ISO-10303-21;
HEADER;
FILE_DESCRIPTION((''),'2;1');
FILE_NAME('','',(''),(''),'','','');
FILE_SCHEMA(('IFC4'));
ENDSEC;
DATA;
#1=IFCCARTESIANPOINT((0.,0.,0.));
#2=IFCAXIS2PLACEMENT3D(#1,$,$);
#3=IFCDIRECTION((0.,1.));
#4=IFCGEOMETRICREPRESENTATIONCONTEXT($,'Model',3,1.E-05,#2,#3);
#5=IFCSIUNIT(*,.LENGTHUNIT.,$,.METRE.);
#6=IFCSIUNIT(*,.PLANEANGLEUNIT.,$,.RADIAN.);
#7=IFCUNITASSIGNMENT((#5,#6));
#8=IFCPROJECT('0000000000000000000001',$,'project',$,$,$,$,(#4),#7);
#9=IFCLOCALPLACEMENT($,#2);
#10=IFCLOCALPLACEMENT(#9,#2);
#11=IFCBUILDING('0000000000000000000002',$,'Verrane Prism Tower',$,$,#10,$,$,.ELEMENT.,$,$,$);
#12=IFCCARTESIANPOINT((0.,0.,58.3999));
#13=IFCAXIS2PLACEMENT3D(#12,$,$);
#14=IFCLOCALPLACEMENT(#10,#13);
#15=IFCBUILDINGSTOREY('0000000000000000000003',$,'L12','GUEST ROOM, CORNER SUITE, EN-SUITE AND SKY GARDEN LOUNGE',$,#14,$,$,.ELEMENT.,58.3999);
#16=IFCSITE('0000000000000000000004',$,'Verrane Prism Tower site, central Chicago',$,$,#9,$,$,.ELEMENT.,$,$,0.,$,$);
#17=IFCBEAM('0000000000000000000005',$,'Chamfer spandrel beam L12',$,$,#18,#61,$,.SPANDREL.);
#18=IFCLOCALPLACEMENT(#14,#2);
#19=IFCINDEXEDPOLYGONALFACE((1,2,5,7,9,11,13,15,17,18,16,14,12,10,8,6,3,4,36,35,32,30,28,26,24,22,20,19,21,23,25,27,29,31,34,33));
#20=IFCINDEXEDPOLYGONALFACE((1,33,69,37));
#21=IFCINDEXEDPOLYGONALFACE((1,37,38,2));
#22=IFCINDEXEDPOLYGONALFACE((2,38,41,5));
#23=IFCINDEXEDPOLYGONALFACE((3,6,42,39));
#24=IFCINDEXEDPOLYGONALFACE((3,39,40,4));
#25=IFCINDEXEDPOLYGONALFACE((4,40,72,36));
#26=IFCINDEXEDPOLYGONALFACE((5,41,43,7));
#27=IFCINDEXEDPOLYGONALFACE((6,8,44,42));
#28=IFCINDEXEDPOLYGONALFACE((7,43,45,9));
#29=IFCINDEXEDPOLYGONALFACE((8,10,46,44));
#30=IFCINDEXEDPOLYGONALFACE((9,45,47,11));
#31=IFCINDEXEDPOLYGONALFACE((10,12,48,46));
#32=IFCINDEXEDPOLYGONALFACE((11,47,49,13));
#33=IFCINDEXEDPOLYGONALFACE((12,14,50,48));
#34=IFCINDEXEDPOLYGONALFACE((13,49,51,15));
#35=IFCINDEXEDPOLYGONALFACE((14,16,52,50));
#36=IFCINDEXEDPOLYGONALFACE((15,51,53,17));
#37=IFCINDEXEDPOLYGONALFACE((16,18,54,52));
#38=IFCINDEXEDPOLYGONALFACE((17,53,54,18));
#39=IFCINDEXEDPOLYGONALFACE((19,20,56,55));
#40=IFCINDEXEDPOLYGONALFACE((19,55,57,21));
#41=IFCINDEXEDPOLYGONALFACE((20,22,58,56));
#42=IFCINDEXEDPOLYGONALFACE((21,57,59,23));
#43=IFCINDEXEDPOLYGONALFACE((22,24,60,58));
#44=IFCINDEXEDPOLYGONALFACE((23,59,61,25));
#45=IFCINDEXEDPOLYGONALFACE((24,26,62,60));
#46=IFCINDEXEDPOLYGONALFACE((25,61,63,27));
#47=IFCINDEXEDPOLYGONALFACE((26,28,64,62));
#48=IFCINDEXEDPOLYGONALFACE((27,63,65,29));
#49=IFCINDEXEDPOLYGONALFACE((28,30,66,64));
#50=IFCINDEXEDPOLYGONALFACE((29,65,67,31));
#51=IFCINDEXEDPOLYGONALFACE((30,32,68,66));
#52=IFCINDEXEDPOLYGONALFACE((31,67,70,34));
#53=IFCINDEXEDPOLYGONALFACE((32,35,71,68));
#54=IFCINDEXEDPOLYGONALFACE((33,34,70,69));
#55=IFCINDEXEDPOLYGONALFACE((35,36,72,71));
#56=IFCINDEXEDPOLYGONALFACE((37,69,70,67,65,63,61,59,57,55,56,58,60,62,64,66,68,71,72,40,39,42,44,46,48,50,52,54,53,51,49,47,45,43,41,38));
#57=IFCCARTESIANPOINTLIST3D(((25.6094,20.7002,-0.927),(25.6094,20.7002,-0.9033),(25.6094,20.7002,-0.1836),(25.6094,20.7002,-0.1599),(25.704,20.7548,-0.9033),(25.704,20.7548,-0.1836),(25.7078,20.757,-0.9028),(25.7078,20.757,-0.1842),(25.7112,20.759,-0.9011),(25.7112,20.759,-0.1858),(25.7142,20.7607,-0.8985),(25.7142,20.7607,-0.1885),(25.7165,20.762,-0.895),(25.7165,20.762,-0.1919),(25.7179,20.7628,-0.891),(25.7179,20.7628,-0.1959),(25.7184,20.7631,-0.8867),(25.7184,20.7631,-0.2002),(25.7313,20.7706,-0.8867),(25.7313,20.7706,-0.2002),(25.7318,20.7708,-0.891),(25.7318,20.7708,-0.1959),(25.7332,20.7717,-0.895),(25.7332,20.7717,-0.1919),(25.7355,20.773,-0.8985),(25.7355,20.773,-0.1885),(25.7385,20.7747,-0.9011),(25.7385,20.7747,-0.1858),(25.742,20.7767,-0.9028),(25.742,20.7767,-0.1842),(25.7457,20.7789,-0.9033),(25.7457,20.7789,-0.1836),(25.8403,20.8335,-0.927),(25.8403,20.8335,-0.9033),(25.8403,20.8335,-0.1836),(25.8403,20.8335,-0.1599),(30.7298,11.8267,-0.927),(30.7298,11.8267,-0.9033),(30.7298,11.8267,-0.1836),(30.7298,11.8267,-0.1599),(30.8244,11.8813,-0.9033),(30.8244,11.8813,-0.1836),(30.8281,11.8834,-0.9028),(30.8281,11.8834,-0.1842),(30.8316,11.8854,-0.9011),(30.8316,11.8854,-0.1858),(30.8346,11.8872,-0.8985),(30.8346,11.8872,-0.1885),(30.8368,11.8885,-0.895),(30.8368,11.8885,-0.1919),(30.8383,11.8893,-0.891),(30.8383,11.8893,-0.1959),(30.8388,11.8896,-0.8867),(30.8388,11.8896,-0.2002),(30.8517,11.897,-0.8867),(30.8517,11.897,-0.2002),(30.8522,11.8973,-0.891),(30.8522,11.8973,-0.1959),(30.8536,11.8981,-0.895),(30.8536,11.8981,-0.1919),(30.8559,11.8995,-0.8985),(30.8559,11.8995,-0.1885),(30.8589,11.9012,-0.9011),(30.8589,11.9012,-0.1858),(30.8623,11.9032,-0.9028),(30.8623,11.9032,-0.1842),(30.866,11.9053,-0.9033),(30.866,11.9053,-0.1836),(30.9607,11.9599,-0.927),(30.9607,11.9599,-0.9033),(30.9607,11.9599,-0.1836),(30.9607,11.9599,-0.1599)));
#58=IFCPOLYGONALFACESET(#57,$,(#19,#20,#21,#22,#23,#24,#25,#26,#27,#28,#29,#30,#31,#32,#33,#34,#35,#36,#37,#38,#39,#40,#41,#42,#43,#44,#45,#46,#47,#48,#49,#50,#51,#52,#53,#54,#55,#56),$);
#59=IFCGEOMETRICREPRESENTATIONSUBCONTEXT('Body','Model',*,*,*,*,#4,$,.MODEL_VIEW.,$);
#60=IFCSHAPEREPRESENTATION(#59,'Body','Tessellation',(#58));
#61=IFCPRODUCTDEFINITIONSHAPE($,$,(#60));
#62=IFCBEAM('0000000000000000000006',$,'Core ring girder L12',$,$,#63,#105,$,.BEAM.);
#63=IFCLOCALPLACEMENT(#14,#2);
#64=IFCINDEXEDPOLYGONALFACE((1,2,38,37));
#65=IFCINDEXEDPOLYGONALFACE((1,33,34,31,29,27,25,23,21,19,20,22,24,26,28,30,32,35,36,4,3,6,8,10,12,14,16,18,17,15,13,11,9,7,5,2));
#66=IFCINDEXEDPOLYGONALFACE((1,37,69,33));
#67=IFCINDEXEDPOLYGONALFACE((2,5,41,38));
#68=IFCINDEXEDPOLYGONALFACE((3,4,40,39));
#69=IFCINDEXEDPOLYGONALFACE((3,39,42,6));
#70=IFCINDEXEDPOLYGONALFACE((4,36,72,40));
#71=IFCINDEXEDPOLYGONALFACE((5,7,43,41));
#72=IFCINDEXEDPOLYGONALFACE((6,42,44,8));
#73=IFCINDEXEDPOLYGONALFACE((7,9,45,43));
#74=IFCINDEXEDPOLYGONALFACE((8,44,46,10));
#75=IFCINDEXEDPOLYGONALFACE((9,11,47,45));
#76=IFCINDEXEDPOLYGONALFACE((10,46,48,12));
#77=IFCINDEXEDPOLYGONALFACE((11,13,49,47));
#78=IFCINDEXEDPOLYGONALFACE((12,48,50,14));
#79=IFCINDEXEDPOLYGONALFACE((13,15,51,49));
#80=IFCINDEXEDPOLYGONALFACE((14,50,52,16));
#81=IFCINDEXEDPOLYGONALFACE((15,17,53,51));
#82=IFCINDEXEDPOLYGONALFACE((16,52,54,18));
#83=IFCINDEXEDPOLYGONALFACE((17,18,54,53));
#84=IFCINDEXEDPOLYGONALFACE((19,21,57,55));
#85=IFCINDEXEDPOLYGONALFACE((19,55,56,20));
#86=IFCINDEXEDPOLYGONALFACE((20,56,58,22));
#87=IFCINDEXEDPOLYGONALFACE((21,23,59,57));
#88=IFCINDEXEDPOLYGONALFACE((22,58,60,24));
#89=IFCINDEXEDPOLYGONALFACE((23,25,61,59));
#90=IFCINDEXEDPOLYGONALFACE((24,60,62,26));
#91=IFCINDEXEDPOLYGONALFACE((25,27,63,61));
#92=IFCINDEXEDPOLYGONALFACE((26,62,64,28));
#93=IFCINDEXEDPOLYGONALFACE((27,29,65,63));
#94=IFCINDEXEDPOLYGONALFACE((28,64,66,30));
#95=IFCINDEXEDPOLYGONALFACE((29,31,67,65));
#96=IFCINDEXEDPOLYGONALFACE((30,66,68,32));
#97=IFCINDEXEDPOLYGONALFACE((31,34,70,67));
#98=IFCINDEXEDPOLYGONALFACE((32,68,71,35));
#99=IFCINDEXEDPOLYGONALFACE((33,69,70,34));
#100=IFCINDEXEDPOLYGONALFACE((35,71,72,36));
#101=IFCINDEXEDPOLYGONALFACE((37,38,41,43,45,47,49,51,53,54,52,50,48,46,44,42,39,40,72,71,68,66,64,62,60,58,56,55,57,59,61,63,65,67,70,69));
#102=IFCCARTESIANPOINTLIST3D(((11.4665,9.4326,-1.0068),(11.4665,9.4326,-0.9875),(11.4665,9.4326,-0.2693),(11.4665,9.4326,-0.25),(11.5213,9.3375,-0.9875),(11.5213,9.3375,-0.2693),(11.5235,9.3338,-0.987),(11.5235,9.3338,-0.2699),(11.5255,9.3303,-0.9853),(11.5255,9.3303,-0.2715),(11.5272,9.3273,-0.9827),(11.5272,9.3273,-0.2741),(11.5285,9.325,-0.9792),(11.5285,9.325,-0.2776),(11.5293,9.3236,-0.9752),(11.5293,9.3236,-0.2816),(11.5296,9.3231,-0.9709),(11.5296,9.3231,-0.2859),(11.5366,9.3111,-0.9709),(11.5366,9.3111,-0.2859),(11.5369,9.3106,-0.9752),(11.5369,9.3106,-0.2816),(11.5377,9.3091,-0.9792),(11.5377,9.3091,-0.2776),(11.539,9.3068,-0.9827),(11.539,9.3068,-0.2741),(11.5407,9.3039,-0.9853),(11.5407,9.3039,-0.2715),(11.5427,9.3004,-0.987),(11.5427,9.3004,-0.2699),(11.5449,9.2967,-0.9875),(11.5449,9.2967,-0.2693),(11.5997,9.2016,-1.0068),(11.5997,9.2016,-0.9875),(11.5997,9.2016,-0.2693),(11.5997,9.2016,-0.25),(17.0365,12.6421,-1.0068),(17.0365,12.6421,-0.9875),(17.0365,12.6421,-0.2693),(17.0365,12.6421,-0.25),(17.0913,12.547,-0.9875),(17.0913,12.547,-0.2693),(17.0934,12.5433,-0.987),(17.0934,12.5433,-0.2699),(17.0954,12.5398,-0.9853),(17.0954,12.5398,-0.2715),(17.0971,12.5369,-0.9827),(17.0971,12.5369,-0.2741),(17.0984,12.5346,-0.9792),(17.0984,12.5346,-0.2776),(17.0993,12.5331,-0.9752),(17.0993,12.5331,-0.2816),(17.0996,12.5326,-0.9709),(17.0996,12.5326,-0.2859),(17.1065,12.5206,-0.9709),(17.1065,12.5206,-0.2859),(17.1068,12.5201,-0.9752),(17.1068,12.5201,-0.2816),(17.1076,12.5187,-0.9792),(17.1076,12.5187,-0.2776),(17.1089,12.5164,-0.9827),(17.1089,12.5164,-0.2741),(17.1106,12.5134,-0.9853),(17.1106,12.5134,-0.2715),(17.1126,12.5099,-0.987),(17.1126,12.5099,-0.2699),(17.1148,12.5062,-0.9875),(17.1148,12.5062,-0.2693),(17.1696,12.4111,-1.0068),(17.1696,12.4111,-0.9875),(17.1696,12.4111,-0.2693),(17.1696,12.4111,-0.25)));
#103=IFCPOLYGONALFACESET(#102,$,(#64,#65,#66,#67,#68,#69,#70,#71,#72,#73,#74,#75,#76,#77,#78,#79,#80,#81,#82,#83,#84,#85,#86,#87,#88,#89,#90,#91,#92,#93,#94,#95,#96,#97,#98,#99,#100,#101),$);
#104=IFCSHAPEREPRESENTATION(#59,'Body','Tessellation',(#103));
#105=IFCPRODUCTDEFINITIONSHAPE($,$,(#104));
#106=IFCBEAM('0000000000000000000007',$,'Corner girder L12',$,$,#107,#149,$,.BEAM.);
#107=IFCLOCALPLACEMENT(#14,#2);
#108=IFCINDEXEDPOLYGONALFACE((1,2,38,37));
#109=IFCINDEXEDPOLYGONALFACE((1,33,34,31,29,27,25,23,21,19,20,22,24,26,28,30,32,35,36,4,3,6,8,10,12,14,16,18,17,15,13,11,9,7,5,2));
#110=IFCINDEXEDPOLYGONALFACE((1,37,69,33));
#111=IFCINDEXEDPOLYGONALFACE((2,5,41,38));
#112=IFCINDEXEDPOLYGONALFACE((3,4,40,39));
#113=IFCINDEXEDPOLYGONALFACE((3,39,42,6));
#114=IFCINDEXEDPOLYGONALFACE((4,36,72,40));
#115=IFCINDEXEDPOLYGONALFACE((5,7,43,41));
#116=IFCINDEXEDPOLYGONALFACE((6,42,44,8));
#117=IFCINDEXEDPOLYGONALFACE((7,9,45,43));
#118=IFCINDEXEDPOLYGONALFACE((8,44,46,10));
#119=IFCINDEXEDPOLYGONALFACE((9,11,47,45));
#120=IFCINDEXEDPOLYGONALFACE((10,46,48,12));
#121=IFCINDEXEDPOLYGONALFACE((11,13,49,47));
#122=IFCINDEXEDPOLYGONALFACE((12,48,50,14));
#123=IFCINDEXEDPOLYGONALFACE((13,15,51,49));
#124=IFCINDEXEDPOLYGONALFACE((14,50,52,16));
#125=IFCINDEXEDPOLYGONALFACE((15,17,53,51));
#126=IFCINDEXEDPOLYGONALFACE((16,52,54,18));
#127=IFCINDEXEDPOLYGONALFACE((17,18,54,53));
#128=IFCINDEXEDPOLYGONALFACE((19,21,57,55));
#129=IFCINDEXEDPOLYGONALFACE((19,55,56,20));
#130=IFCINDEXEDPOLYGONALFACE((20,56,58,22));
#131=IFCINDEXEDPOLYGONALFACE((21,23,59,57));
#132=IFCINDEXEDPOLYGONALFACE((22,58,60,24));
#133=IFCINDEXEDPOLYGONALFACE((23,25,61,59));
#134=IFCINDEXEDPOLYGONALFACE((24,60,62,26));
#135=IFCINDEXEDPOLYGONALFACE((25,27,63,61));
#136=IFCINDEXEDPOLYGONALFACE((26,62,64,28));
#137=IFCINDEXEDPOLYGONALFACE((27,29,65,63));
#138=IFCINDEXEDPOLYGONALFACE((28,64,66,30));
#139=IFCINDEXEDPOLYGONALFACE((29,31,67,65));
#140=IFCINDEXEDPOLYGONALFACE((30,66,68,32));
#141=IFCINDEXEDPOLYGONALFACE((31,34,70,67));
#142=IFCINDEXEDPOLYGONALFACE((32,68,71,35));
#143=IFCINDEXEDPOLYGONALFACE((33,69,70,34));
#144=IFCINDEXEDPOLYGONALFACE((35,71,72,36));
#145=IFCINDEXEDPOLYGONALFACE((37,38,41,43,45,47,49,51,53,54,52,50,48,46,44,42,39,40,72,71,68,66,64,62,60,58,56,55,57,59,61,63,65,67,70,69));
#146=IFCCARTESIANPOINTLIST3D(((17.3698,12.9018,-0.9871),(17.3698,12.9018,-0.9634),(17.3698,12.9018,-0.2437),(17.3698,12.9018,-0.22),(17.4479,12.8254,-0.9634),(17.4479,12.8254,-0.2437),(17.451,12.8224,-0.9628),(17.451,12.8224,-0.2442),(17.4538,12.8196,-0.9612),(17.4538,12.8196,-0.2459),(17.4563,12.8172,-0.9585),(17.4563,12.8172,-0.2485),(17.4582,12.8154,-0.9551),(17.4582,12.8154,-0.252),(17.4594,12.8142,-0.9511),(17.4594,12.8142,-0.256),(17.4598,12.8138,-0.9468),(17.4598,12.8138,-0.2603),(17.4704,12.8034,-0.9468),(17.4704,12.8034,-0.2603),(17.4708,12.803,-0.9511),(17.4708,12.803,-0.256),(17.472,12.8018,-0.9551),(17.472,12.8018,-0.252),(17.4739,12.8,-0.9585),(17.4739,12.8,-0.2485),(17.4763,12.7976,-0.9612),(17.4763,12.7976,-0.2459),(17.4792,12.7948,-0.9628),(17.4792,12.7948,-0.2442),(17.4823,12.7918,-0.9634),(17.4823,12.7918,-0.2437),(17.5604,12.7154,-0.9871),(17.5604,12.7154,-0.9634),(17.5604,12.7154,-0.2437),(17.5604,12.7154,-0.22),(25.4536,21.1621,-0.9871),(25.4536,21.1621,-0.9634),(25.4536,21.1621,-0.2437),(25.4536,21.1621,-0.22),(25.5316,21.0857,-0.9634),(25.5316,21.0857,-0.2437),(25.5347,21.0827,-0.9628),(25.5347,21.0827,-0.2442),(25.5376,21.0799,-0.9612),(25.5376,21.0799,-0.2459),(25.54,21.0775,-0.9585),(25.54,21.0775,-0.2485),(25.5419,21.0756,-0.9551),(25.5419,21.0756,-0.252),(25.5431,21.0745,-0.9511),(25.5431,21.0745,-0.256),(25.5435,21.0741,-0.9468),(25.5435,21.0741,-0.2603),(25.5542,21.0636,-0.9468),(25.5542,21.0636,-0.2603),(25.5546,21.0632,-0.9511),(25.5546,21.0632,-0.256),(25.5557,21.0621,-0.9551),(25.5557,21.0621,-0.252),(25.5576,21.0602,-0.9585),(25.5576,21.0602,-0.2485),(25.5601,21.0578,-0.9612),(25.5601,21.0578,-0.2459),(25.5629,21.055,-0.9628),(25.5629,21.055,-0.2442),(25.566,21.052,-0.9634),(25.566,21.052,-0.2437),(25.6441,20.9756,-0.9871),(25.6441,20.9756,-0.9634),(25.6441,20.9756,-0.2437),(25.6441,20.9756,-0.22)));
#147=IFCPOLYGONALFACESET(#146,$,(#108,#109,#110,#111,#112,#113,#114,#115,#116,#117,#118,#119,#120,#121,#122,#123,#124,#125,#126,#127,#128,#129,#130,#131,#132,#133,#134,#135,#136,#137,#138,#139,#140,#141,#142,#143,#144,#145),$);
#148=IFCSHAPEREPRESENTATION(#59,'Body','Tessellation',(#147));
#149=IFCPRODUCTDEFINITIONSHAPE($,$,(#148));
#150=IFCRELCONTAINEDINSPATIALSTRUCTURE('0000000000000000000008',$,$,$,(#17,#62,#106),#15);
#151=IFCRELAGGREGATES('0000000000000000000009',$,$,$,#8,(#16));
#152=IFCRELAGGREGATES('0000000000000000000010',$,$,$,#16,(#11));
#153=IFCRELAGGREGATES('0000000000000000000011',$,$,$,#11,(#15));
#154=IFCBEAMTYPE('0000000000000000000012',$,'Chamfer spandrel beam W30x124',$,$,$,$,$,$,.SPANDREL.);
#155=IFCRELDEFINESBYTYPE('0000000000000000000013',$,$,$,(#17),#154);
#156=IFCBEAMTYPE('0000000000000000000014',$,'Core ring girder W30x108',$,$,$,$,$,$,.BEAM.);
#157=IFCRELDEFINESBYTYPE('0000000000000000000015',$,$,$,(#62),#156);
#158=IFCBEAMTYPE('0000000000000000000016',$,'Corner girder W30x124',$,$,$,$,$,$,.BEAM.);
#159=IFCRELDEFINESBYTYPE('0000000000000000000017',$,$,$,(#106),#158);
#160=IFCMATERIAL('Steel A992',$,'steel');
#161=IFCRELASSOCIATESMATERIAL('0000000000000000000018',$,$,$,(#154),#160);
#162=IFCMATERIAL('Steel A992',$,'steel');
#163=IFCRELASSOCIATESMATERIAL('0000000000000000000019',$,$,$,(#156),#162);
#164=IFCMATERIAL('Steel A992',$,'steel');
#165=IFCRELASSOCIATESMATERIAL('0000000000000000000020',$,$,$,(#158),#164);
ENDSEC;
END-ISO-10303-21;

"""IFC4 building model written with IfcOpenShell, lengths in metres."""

from ifc_helpers import new_model, si_unit, direction, frame, origin, origin_2d, place, context, subcontext, project, spatial, i_section, extrude, material, material_profile, profile_set, type_object, element, save


model = new_model("IFC4")

# Units and contexts
model_context = context("Model", 3, precision=1e-05, world=origin(), true_north=direction((0.0, 1.0)))
body_context = subcontext(model_context, "Body", "Model", "MODEL_VIEW")
ifc_project = project(units=[si_unit("LENGTHUNIT", "METRE"), si_unit("PLANEANGLEUNIT", "RADIAN")], contexts=[model_context])

# Site, building, storey
site_placement = place(None, origin())
site = spatial("IfcSite", under=ifc_project, at=site_placement, Name="Verrane Prism Tower site, central Chicago", CompositionType="ELEMENT", RefElevation=0.0)
building_placement = place(site_placement, origin())
building = spatial("IfcBuilding", under=site, at=building_placement, Name="Verrane Prism Tower", CompositionType="ELEMENT")
storey_placement = place(building_placement, frame((0.0, 0.0, 58.3999)))
storey = spatial("IfcBuildingStorey", under=building, at=storey_placement, Name="L12", Description="GUEST ROOM, CORNER SUITE, EN-SUITE AND SKY GARDEN LOUNGE", CompositionType="ELEMENT", Elevation=58.3999)

# Beams
ifc_material_1 = material(Name="Steel A992", Category="steel")
ifc_material_profile_1 = material_profile(ifc_material_1, i_section(OverallWidth=0.2666, OverallDepth=0.7671, WebThickness=0.0149, FlangeThickness=0.0237, FilletRadius=0.0166, at=origin_2d()), Name="W30x124")
ifc_profile_set_1 = profile_set([ifc_material_profile_1], Name="Steel A992")
beam_type_1 = type_object("IfcBeamType", Name="Chamfer spandrel beam W30x124", PredefinedType="SPANDREL", material=ifc_profile_set_1)
beam_1_placement = place(storey_placement, frame((30.8452, 11.8933, -0.5435), z_axis=(-0.499797, 0.866143, 0.0), x_axis=(-0.866143, -0.499797, 0.0)))
element("IfcBeam", 1, at=beam_1_placement, inside=storey, type_object=beam_type_1, Name="Chamfer spandrel beam L12", PredefinedType="SPANDREL", context=body_context, shape_type="SweptSolid", body=[
    extrude(i_section(OverallWidth=0.2666, OverallDepth=0.7671, WebThickness=0.0149, FlangeThickness=0.0237, FilletRadius=0.0166, at=origin_2d()), origin(), (0.0, 0.0, 1.0), 10.2449),
])
ifc_material_2 = material(Name="Steel A992", Category="steel")
ifc_material_profile_2 = material_profile(ifc_material_2, i_section(OverallWidth=0.2666, OverallDepth=0.7568, WebThickness=0.0139, FlangeThickness=0.0193, FilletRadius=0.0166, at=origin_2d()), Name="W30x108")
ifc_profile_set_2 = profile_set([ifc_material_profile_2], Name="Steel A992")
beam_type_2 = type_object("IfcBeamType", Name="Core ring girder W30x108", PredefinedType="BEAM", material=ifc_profile_set_2)
beam_2_placement = place(storey_placement, frame((17.103, 12.5266, -0.6284), z_axis=(-0.866447, -0.499269, 0.0), x_axis=(0.499269, -0.866447, 0.0)))
element("IfcBeam", 2, at=beam_2_placement, inside=storey, type_object=beam_type_2, Name="Core ring girder L12", PredefinedType="BEAM", context=body_context, shape_type="SweptSolid", body=[
    extrude(i_section(OverallWidth=0.2666, OverallDepth=0.7568, WebThickness=0.0139, FlangeThickness=0.0193, FilletRadius=0.0166, at=origin_2d()), origin(), (0.0, 0.0, 1.0), 6.4285),
])
ifc_material_3 = material(Name="Steel A992", Category="steel")
ifc_material_profile_3 = material_profile(ifc_material_3, i_section(OverallWidth=0.2666, OverallDepth=0.7671, WebThickness=0.0149, FlangeThickness=0.0237, FilletRadius=0.0166, at=origin_2d()), Name="W30x124")
ifc_profile_set_3 = profile_set([ifc_material_profile_3], Name="Steel A992")
beam_type_3 = type_object("IfcBeamType", Name="Corner girder W30x124", PredefinedType="BEAM", material=ifc_profile_set_3)
beam_3_placement = place(storey_placement, frame((25.5488, 21.0688, -0.6035), z_axis=(-0.699429, -0.714702, 0.0), x_axis=(0.714702, -0.699429, 0.0)))
element("IfcBeam", 3, at=beam_3_placement, inside=storey, type_object=beam_type_3, Name="Corner girder L12", PredefinedType="BEAM", context=body_context, shape_type="SweptSolid", body=[
    extrude(i_section(OverallWidth=0.2666, OverallDepth=0.7671, WebThickness=0.0149, FlangeThickness=0.0237, FilletRadius=0.0166, at=origin_2d()), origin(), (0.0, 0.0, 1.0), 11.5576),
])

save(model, "model.ifc")
